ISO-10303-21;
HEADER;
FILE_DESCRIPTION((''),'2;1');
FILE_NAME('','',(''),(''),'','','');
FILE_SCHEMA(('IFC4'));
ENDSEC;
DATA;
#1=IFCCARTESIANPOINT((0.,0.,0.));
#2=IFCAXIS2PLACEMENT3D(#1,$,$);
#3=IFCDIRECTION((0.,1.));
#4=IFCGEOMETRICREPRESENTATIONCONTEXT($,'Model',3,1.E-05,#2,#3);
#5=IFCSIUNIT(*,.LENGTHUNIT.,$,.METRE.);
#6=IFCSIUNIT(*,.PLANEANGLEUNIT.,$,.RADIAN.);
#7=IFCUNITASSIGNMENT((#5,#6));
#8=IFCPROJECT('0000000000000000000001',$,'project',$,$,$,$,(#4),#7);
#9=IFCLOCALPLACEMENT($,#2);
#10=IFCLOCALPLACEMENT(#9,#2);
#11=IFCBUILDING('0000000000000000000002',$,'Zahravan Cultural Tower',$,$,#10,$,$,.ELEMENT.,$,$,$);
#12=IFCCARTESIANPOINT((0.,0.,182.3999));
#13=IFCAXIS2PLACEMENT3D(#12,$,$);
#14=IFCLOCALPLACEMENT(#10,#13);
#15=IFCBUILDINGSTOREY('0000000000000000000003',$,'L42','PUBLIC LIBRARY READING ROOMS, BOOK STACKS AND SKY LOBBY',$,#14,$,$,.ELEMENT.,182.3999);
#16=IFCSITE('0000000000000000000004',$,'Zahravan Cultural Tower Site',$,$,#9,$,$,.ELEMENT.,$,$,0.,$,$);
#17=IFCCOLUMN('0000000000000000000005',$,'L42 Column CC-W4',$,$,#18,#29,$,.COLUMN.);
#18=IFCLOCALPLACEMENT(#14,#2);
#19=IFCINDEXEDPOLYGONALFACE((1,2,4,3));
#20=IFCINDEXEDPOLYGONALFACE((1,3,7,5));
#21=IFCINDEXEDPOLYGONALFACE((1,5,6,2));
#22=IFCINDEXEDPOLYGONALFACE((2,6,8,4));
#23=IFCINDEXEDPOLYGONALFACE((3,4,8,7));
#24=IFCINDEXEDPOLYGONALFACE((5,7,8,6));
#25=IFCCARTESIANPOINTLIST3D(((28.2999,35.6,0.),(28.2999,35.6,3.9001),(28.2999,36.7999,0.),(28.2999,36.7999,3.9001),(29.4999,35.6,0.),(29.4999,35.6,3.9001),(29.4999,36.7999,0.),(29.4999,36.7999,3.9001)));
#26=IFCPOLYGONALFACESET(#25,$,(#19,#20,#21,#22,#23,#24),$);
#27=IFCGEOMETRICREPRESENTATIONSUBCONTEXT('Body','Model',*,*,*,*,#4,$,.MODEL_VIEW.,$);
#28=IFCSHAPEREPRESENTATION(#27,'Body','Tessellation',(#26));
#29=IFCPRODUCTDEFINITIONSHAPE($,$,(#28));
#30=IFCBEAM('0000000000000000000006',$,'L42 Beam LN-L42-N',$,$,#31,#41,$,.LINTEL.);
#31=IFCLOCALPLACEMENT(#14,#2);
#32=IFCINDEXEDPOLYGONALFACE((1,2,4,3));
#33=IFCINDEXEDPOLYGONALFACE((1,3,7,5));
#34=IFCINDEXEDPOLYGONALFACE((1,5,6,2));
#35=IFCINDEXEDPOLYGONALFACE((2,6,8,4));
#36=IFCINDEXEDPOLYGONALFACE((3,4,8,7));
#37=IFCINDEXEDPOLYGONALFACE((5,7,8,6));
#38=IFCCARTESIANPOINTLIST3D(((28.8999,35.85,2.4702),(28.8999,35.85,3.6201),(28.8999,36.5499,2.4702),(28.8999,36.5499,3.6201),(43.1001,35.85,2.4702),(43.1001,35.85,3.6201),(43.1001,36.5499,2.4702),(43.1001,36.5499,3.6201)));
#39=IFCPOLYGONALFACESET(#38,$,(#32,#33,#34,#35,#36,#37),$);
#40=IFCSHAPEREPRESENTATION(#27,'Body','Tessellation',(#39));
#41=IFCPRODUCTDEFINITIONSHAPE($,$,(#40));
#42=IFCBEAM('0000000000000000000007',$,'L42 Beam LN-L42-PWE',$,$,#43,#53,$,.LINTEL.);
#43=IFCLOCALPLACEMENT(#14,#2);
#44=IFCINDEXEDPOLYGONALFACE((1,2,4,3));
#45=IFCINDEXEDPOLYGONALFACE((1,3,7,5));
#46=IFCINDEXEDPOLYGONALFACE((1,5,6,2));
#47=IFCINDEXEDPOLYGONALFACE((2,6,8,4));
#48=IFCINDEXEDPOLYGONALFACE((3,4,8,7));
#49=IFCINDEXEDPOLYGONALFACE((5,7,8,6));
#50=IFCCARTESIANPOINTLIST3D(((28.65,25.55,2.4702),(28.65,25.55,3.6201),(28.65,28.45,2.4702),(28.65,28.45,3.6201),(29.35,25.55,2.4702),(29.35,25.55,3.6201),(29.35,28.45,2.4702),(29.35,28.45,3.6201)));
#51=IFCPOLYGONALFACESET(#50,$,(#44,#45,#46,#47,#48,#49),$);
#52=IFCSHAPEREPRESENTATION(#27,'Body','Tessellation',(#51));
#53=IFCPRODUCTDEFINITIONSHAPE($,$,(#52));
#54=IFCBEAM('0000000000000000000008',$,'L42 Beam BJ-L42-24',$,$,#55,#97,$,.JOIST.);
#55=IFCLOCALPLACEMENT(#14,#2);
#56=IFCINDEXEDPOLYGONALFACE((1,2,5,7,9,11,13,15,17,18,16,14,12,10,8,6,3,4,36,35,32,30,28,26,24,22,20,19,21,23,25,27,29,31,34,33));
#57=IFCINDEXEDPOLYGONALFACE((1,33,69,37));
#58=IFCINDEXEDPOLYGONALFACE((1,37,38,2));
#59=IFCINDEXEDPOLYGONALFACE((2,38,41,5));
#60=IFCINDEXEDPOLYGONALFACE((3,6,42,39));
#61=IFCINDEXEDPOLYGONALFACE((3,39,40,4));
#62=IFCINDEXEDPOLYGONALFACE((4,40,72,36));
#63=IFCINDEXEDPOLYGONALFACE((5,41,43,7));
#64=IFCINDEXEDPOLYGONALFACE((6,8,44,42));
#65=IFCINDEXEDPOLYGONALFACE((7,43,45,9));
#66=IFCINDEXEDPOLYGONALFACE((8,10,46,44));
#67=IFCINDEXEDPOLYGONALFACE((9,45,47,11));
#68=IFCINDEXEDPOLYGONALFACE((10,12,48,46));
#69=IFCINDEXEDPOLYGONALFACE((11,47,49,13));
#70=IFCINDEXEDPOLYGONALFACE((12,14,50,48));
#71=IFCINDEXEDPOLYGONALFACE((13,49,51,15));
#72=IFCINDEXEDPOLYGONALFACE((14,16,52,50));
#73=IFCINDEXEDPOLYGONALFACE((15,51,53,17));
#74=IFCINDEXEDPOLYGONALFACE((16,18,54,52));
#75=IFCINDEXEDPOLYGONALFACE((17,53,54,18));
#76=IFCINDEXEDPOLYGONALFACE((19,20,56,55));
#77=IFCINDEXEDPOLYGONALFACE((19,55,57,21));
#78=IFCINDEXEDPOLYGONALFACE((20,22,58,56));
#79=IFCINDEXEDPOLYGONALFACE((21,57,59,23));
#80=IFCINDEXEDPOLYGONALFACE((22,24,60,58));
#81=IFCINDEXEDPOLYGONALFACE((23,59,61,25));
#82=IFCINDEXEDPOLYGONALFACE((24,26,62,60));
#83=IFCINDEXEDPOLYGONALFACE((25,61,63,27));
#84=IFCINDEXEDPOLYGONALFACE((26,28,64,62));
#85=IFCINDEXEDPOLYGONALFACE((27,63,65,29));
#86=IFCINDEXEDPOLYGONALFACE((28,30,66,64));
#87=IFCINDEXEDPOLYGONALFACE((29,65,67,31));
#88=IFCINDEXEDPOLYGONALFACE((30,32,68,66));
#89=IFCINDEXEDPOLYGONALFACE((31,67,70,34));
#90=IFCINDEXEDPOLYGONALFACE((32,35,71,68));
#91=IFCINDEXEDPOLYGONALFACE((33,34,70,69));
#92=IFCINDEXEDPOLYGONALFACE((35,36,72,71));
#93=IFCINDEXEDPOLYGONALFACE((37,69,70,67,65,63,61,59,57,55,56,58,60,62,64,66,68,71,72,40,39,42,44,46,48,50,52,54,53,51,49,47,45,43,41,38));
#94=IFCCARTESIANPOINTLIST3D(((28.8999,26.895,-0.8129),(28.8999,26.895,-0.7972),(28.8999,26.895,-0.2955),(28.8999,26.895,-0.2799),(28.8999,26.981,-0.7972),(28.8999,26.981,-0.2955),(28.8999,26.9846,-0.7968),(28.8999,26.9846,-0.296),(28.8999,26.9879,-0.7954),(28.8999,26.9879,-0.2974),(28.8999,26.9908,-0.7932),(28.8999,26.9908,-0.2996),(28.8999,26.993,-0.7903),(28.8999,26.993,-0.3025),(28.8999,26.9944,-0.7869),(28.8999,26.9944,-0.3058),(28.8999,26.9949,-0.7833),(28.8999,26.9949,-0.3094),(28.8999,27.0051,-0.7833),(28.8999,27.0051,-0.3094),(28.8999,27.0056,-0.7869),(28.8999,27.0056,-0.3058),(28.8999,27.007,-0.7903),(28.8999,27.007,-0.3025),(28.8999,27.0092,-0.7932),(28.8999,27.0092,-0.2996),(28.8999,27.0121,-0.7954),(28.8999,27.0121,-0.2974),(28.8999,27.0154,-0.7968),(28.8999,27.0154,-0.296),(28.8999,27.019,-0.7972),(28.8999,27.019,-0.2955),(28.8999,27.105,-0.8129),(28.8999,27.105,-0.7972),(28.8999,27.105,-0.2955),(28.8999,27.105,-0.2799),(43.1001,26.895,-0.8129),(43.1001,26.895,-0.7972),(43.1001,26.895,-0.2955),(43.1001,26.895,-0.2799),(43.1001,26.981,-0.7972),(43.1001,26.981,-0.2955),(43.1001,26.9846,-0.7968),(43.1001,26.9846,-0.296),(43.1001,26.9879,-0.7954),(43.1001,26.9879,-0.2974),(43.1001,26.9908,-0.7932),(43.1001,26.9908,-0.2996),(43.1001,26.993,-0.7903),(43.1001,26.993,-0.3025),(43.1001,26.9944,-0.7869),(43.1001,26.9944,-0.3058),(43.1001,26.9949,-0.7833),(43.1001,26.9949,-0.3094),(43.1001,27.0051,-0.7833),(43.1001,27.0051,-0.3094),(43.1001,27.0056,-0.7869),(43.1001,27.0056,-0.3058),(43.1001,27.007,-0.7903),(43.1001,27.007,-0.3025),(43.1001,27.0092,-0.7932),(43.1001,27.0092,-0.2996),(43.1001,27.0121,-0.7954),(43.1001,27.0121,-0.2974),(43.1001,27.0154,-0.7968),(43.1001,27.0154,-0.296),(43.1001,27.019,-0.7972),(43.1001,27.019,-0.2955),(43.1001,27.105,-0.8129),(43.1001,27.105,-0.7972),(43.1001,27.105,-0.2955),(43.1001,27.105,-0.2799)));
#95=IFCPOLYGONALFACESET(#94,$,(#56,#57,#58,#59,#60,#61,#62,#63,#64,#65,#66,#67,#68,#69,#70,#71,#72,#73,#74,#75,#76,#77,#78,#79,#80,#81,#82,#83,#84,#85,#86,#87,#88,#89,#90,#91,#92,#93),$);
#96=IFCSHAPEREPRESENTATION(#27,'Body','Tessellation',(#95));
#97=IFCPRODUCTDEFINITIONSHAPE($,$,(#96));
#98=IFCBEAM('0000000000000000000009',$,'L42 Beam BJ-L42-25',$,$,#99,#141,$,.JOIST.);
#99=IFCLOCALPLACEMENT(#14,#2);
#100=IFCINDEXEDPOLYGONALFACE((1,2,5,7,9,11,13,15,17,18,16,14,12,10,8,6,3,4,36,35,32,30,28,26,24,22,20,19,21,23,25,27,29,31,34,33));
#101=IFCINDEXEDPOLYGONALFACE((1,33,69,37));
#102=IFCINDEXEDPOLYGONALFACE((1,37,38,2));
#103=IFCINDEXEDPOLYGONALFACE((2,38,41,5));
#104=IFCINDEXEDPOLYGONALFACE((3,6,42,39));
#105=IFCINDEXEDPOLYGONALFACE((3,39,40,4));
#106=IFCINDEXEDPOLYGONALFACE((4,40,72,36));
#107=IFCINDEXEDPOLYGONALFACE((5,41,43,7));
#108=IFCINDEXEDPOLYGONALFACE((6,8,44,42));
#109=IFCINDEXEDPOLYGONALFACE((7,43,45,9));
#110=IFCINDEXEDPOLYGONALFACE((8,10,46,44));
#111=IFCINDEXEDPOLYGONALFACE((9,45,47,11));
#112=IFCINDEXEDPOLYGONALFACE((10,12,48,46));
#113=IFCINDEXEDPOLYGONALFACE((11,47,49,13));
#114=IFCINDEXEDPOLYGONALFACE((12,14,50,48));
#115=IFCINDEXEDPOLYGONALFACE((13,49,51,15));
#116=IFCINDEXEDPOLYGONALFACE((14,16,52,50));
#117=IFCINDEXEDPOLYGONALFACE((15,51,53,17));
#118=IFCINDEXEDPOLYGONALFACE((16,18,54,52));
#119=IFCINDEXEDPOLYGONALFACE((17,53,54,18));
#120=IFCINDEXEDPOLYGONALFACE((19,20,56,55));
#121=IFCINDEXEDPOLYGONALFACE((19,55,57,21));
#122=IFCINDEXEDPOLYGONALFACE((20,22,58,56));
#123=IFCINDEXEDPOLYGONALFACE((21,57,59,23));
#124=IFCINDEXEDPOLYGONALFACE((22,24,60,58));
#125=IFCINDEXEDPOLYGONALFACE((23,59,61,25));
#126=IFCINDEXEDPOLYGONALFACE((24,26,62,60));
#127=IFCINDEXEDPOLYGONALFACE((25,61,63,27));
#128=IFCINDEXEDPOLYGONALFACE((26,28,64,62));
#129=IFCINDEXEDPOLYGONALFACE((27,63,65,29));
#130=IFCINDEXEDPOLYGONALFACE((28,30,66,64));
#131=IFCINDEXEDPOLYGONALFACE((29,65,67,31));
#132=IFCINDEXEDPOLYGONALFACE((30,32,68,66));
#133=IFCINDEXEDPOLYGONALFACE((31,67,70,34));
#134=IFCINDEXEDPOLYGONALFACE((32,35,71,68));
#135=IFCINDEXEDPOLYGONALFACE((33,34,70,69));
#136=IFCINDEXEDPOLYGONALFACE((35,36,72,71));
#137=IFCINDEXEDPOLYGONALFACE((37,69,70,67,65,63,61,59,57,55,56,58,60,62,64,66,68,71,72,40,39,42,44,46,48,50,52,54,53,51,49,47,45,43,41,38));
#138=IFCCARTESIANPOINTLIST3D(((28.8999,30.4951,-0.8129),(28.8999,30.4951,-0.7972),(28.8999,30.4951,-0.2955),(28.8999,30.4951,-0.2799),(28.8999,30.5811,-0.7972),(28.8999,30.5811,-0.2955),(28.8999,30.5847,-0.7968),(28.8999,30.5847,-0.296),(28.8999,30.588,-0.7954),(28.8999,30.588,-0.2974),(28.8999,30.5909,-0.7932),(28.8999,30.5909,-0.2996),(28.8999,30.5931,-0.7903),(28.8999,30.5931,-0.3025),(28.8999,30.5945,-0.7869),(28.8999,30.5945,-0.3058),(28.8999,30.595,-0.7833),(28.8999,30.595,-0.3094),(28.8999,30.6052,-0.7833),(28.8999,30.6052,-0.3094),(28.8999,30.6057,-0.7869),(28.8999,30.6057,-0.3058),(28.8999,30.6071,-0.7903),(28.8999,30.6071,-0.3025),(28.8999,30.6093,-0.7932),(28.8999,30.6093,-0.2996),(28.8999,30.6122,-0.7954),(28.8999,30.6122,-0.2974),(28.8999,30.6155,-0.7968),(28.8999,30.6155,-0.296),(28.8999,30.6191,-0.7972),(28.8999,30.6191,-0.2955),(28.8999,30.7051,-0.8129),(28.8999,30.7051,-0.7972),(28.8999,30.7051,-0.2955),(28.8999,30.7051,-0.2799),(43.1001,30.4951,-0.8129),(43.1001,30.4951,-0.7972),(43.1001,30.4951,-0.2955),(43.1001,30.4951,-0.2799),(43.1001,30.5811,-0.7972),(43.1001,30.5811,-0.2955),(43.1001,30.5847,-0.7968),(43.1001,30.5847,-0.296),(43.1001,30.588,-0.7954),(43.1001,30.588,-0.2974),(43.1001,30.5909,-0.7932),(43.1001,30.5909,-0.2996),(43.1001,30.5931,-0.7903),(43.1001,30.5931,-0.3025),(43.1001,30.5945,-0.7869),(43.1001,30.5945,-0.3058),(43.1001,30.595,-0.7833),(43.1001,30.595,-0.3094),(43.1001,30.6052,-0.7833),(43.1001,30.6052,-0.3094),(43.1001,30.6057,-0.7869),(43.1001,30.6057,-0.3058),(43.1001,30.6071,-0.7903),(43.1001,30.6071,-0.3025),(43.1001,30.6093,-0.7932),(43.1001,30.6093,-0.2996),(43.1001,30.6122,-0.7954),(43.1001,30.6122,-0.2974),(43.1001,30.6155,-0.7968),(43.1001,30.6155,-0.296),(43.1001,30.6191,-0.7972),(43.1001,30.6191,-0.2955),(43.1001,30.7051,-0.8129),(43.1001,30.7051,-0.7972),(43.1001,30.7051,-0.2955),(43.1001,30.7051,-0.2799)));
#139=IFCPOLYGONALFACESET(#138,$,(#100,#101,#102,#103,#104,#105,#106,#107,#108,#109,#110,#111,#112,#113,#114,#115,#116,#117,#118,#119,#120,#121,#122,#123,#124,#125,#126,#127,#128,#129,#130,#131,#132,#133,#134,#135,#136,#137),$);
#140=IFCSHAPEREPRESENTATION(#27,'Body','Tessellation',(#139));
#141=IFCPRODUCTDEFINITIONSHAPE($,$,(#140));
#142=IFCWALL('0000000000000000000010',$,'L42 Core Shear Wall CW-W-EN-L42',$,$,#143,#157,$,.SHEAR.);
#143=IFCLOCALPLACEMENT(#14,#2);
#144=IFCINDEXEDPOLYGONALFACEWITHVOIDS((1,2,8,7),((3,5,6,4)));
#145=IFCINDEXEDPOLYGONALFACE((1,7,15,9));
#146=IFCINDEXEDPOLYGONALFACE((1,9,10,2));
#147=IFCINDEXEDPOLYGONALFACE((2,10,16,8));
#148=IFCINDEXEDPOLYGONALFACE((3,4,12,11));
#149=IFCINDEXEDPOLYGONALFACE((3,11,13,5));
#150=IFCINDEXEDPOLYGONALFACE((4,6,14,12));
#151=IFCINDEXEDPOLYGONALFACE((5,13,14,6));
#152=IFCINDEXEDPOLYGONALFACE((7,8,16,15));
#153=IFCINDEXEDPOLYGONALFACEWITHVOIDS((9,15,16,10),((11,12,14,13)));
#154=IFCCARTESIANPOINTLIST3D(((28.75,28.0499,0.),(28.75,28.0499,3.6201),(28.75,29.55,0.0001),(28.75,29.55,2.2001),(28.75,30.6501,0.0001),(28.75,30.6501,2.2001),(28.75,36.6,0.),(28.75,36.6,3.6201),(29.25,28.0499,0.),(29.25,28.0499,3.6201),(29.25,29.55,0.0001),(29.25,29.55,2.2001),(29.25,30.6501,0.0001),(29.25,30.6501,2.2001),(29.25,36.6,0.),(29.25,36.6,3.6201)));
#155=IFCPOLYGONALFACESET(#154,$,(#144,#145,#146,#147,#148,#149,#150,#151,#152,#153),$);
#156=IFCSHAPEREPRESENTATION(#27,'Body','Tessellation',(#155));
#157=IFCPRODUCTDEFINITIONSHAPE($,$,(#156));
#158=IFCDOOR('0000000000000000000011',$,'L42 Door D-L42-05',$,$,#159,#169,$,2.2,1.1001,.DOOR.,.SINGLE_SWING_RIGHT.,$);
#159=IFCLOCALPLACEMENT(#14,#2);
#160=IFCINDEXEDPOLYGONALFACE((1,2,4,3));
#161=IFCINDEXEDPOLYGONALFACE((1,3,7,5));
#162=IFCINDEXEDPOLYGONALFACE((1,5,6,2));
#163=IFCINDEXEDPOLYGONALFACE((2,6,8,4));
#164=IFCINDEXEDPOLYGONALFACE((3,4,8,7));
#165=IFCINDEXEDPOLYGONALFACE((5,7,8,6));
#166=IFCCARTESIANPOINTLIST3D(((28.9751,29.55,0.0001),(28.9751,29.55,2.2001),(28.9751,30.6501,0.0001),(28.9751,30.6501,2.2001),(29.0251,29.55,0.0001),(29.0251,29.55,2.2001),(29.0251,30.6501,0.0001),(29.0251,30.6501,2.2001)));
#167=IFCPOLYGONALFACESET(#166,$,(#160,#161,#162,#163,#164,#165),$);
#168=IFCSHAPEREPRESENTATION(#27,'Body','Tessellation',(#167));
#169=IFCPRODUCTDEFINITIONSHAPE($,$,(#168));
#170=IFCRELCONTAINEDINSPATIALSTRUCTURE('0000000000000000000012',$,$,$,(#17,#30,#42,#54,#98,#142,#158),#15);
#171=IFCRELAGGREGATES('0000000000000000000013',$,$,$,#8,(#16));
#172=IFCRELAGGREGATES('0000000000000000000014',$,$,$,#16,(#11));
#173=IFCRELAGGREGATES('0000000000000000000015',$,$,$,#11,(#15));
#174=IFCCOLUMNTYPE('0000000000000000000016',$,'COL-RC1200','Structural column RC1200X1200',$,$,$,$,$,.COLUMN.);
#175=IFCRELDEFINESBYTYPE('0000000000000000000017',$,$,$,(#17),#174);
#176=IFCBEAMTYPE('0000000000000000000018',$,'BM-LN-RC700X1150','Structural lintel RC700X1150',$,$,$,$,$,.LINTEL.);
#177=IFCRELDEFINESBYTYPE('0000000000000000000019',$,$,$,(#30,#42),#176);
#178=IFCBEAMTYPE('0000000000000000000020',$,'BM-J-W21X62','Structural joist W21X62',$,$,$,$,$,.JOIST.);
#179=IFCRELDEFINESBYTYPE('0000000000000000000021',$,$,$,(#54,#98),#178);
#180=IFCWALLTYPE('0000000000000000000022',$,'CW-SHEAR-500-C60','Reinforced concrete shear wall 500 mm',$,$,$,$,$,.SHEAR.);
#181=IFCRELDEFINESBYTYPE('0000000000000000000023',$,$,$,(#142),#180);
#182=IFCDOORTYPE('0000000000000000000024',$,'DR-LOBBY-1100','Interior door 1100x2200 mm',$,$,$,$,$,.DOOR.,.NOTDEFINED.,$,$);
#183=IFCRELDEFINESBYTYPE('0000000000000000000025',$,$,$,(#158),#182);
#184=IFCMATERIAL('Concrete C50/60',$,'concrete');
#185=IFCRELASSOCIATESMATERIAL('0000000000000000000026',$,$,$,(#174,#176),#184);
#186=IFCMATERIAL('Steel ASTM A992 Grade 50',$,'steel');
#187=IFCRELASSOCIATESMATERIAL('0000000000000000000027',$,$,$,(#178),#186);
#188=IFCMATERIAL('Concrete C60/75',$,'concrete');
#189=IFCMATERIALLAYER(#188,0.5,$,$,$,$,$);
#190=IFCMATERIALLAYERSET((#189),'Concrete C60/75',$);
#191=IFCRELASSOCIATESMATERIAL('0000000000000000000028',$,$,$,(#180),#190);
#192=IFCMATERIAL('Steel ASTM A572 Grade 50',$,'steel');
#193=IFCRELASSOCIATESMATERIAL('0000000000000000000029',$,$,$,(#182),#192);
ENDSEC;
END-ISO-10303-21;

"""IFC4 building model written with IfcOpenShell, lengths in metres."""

from ifc_helpers import new_model, si_unit, direction, frame, frame_2d, origin, origin_2d, place, context, subcontext, project, spatial, rectangle, i_section, extrude, source, transform, mapped, material, layer, layer_set, material_profile, profile_set, type_object, element, fill, save


model = new_model("IFC4")

# Units and contexts
model_context = context("Model", 3, precision=1e-05, world=origin(), true_north=direction((0.0, 1.0)))
body_context = subcontext(model_context, "Body", "Model", "MODEL_VIEW")
ifc_project = project(units=[si_unit("LENGTHUNIT", "METRE"), si_unit("PLANEANGLEUNIT", "RADIAN")], contexts=[model_context])

# Site, building, storey
site_placement = place(None, origin())
site = spatial("IfcSite", under=ifc_project, at=site_placement, Name="Zahravan Cultural Tower Site", CompositionType="ELEMENT", RefElevation=0.0)
building_placement = place(site_placement, origin())
building = spatial("IfcBuilding", under=site, at=building_placement, Name="Zahravan Cultural Tower", CompositionType="ELEMENT")
storey_placement = place(building_placement, frame((0.0, 0.0, 182.3999)))
storey = spatial("IfcBuildingStorey", under=building, at=storey_placement, Name="L42", Description="PUBLIC LIBRARY READING ROOMS, BOOK STACKS AND SKY LOBBY", CompositionType="ELEMENT", Elevation=182.3999)

# Column
ifc_material_1 = material(Name="Concrete C50/60", Category="concrete")
ifc_material_profile_1 = material_profile(ifc_material_1, rectangle(XDim=1.2, YDim=1.2, at=origin_2d()), Name="RC1200X1200")
ifc_profile_set_1 = profile_set([ifc_material_profile_1], Name="Concrete C50/60")
column_type = type_object("IfcColumnType", Name="COL-RC1200", Description="Structural column RC1200X1200", PredefinedType="COLUMN", material=ifc_profile_set_1)
shared_shape_1 = source(origin(), body_context, "Body", "SweptSolid", [
    extrude(rectangle(XDim=1.2, YDim=1.2, at=origin_2d()), origin(), (0.0, 0.0, 1.0), 3.9001),
])
column_placement = place(storey_placement, frame((28.8999, 36.2, 0.0), z_axis=(0.0, 0.0, 1.0), x_axis=(1.0, 0.0, 0.0)))
element("IfcColumn", 1, at=column_placement, inside=storey, type_object=column_type, Name="L42 Column CC-W4", PredefinedType="COLUMN", context=body_context, shape_type="MappedRepresentation", body=[
    mapped(shared_shape_1, transform((0.0, 0.0, 0.0), x_axis=(1.0, 0.0, 0.0), y_axis=(0.0, 1.0, 0.0), z_axis=(0.0, 0.0, 1.0), scale=1.0)),
])

# Beams
ifc_material_profile_2 = material_profile(ifc_material_1, rectangle(XDim=0.7, YDim=1.1499, at=origin_2d()), Name="RC700X1150")
ifc_profile_set_2 = profile_set([ifc_material_profile_2], Name="Concrete C50/60")
beam_type_1 = type_object("IfcBeamType", Name="BM-LN-RC700X1150", Description="Structural lintel RC700X1150", PredefinedType="LINTEL", material=ifc_profile_set_2)
shared_shape_2 = source(origin(), body_context, "Body", "SweptSolid", [
    extrude(rectangle(XDim=0.7, YDim=1.1499, at=origin_2d()), origin(), (0.0, 0.0, 1.0), 14.2002),
])
beam_1_placement = place(storey_placement, frame((28.8999, 36.2, 3.0452), z_axis=(1.0, 0.0, 0.0), x_axis=(0.0, 1.0, 0.0)))
element("IfcBeam", 2, at=beam_1_placement, inside=storey, type_object=beam_type_1, Name="L42 Beam LN-L42-N", PredefinedType="LINTEL", context=body_context, shape_type="MappedRepresentation", body=[
    mapped(shared_shape_2, transform((0.0, 0.0, 0.0), x_axis=(1.0, 0.0, 0.0), y_axis=(0.0, 1.0, 0.0), z_axis=(0.0, 0.0, 1.0), scale=1.0)),
])
shared_shape_3 = source(origin(), body_context, "Body", "SweptSolid", [
    extrude(rectangle(XDim=0.7, YDim=1.1499, at=origin_2d()), origin(), (0.0, 0.0, 1.0), 2.8999),
])
beam_2_placement = place(storey_placement, frame((29.0, 25.55, 3.0452), z_axis=(0.0, 1.0, 0.0), x_axis=(-1.0, 0.0, 0.0)))
element("IfcBeam", 3, at=beam_2_placement, inside=storey, type_object=beam_type_1, Name="L42 Beam LN-L42-PWE", PredefinedType="LINTEL", context=body_context, shape_type="MappedRepresentation", body=[
    mapped(shared_shape_3, transform((0.0, 0.0, 0.0), x_axis=(1.0, 0.0, 0.0), y_axis=(0.0, 1.0, 0.0), z_axis=(0.0, 0.0, 1.0), scale=1.0)),
])
ifc_material_2 = material(Name="Steel ASTM A992 Grade 50", Category="steel")
ifc_material_profile_3 = material_profile(ifc_material_2, i_section(OverallWidth=0.21, OverallDepth=0.533, WebThickness=0.0103, FlangeThickness=0.0156, FilletRadius=0.0139, at=origin_2d()), Name="W21X62")
ifc_profile_set_3 = profile_set([ifc_material_profile_3], Name="Steel ASTM A992 Grade 50")
beam_type_2 = type_object("IfcBeamType", Name="BM-J-W21X62", Description="Structural joist W21X62", PredefinedType="JOIST", material=ifc_profile_set_3)
shared_shape_4 = source(origin(), body_context, "Body", "SweptSolid", [
    extrude(i_section(OverallWidth=0.21, OverallDepth=0.533, WebThickness=0.0103, FlangeThickness=0.0156, FilletRadius=0.0139, at=origin_2d()), origin(), (0.0, 0.0, 1.0), 14.2002),
])
for number, where, z_axis, x_axis, name in (
    (4, (28.8999, 27.0, -0.5464), (1.0, 0.0, 0.0), (0.0, 1.0, 0.0), "L42 Beam BJ-L42-24"),
    (5, (28.8999, 30.6001, -0.5464), (1.0, 0.0, 0.0), (0.0, 1.0, 0.0), "L42 Beam BJ-L42-25"),
):
    element("IfcBeam", number, at=place(storey_placement, frame(where, z_axis=z_axis, x_axis=x_axis)), inside=storey, type_object=beam_type_2, Name=name, PredefinedType="JOIST", context=body_context, shape_type="MappedRepresentation", body=[
        mapped(shared_shape_4, transform((0.0, 0.0, 0.0), x_axis=(1.0, 0.0, 0.0), y_axis=(0.0, 1.0, 0.0), z_axis=(0.0, 0.0, 1.0), scale=1.0)),
    ])

# Wall, opening, door
ifc_material_3 = material(Name="Concrete C60/75", Category="concrete")
ifc_layer_1 = layer(ifc_material_3, 0.5)
ifc_layer_set_1 = layer_set([ifc_layer_1], Name="Concrete C60/75")
wall_type_1 = type_object("IfcWallType", Name="CW-SHEAR-500-C60", Description="Reinforced concrete shear wall 500 mm", PredefinedType="SHEAR", material=ifc_layer_set_1)
wall_1_placement = place(storey_placement, frame((29.0, 28.05, 0.0), z_axis=(0.0, 0.0, 1.0), x_axis=(0.0, 1.0, 0.0)))
wall_1 = element("IfcWall", 6, at=wall_1_placement, inside=storey, type_object=wall_type_1, Name="L42 Core Shear Wall CW-W-EN-L42", PredefinedType="SHEAR", context=body_context, shape_type="SweptSolid", body=[
    extrude(rectangle(XDim=8.55, YDim=0.5, at=frame_2d((4.2749, 0.0))), origin(), (0.0, 0.0, 1.0), 3.6201),
])
opening_1_placement = place(wall_1_placement, frame((1.5, 0.0, 0.0)))
opening_1 = element("IfcOpeningElement", 7, at=opening_1_placement, cuts=wall_1, PredefinedType="OPENING", context=body_context, shape_type="SweptSolid", body=[
    extrude(rectangle(XDim=1.1001, YDim=2.2, at=frame_2d((0.55, 1.1001))), frame((0.0, 0.26, 0.0), z_axis=(0.0, -1.0, 0.0), x_axis=(1.0, 0.0, 0.0)), (0.0, 0.0, 1.0), 0.52),
])
ifc_material_4 = material(Name="Steel ASTM A572 Grade 50", Category="steel")
door_type_1 = type_object("IfcDoorType", Name="DR-LOBBY-1100", Description="Interior door 1100x2200 mm", OperationType="NOTDEFINED", PredefinedType="DOOR", material=ifc_material_4)
shared_shape_5 = source(origin(), body_context, "Body", "SweptSolid", [
    extrude(rectangle(XDim=1.1001, YDim=2.2, at=frame_2d((0.55, 1.1001))), frame((0.0, 0.0249, 0.0), z_axis=(0.0, -1.0, 0.0), x_axis=(1.0, 0.0, 0.0)), (0.0, 0.0, 1.0), 0.05),
])
door_1_placement = place(opening_1_placement, origin())
door_1 = element("IfcDoor", 8, at=door_1_placement, inside=storey, type_object=door_type_1, Name="L42 Door D-L42-05", OperationType="SINGLE_SWING_RIGHT", OverallHeight=2.2, OverallWidth=1.1001, PredefinedType="DOOR", context=body_context, shape_type="MappedRepresentation", body=[
    mapped(shared_shape_5, transform((0.0, 0.0, 0.0), x_axis=(1.0, 0.0, 0.0), y_axis=(0.0, 1.0, 0.0), z_axis=(0.0, 0.0, 1.0), scale=1.0)),
])
fill(opening_1, door_1)

save(model, "model.ifc")
